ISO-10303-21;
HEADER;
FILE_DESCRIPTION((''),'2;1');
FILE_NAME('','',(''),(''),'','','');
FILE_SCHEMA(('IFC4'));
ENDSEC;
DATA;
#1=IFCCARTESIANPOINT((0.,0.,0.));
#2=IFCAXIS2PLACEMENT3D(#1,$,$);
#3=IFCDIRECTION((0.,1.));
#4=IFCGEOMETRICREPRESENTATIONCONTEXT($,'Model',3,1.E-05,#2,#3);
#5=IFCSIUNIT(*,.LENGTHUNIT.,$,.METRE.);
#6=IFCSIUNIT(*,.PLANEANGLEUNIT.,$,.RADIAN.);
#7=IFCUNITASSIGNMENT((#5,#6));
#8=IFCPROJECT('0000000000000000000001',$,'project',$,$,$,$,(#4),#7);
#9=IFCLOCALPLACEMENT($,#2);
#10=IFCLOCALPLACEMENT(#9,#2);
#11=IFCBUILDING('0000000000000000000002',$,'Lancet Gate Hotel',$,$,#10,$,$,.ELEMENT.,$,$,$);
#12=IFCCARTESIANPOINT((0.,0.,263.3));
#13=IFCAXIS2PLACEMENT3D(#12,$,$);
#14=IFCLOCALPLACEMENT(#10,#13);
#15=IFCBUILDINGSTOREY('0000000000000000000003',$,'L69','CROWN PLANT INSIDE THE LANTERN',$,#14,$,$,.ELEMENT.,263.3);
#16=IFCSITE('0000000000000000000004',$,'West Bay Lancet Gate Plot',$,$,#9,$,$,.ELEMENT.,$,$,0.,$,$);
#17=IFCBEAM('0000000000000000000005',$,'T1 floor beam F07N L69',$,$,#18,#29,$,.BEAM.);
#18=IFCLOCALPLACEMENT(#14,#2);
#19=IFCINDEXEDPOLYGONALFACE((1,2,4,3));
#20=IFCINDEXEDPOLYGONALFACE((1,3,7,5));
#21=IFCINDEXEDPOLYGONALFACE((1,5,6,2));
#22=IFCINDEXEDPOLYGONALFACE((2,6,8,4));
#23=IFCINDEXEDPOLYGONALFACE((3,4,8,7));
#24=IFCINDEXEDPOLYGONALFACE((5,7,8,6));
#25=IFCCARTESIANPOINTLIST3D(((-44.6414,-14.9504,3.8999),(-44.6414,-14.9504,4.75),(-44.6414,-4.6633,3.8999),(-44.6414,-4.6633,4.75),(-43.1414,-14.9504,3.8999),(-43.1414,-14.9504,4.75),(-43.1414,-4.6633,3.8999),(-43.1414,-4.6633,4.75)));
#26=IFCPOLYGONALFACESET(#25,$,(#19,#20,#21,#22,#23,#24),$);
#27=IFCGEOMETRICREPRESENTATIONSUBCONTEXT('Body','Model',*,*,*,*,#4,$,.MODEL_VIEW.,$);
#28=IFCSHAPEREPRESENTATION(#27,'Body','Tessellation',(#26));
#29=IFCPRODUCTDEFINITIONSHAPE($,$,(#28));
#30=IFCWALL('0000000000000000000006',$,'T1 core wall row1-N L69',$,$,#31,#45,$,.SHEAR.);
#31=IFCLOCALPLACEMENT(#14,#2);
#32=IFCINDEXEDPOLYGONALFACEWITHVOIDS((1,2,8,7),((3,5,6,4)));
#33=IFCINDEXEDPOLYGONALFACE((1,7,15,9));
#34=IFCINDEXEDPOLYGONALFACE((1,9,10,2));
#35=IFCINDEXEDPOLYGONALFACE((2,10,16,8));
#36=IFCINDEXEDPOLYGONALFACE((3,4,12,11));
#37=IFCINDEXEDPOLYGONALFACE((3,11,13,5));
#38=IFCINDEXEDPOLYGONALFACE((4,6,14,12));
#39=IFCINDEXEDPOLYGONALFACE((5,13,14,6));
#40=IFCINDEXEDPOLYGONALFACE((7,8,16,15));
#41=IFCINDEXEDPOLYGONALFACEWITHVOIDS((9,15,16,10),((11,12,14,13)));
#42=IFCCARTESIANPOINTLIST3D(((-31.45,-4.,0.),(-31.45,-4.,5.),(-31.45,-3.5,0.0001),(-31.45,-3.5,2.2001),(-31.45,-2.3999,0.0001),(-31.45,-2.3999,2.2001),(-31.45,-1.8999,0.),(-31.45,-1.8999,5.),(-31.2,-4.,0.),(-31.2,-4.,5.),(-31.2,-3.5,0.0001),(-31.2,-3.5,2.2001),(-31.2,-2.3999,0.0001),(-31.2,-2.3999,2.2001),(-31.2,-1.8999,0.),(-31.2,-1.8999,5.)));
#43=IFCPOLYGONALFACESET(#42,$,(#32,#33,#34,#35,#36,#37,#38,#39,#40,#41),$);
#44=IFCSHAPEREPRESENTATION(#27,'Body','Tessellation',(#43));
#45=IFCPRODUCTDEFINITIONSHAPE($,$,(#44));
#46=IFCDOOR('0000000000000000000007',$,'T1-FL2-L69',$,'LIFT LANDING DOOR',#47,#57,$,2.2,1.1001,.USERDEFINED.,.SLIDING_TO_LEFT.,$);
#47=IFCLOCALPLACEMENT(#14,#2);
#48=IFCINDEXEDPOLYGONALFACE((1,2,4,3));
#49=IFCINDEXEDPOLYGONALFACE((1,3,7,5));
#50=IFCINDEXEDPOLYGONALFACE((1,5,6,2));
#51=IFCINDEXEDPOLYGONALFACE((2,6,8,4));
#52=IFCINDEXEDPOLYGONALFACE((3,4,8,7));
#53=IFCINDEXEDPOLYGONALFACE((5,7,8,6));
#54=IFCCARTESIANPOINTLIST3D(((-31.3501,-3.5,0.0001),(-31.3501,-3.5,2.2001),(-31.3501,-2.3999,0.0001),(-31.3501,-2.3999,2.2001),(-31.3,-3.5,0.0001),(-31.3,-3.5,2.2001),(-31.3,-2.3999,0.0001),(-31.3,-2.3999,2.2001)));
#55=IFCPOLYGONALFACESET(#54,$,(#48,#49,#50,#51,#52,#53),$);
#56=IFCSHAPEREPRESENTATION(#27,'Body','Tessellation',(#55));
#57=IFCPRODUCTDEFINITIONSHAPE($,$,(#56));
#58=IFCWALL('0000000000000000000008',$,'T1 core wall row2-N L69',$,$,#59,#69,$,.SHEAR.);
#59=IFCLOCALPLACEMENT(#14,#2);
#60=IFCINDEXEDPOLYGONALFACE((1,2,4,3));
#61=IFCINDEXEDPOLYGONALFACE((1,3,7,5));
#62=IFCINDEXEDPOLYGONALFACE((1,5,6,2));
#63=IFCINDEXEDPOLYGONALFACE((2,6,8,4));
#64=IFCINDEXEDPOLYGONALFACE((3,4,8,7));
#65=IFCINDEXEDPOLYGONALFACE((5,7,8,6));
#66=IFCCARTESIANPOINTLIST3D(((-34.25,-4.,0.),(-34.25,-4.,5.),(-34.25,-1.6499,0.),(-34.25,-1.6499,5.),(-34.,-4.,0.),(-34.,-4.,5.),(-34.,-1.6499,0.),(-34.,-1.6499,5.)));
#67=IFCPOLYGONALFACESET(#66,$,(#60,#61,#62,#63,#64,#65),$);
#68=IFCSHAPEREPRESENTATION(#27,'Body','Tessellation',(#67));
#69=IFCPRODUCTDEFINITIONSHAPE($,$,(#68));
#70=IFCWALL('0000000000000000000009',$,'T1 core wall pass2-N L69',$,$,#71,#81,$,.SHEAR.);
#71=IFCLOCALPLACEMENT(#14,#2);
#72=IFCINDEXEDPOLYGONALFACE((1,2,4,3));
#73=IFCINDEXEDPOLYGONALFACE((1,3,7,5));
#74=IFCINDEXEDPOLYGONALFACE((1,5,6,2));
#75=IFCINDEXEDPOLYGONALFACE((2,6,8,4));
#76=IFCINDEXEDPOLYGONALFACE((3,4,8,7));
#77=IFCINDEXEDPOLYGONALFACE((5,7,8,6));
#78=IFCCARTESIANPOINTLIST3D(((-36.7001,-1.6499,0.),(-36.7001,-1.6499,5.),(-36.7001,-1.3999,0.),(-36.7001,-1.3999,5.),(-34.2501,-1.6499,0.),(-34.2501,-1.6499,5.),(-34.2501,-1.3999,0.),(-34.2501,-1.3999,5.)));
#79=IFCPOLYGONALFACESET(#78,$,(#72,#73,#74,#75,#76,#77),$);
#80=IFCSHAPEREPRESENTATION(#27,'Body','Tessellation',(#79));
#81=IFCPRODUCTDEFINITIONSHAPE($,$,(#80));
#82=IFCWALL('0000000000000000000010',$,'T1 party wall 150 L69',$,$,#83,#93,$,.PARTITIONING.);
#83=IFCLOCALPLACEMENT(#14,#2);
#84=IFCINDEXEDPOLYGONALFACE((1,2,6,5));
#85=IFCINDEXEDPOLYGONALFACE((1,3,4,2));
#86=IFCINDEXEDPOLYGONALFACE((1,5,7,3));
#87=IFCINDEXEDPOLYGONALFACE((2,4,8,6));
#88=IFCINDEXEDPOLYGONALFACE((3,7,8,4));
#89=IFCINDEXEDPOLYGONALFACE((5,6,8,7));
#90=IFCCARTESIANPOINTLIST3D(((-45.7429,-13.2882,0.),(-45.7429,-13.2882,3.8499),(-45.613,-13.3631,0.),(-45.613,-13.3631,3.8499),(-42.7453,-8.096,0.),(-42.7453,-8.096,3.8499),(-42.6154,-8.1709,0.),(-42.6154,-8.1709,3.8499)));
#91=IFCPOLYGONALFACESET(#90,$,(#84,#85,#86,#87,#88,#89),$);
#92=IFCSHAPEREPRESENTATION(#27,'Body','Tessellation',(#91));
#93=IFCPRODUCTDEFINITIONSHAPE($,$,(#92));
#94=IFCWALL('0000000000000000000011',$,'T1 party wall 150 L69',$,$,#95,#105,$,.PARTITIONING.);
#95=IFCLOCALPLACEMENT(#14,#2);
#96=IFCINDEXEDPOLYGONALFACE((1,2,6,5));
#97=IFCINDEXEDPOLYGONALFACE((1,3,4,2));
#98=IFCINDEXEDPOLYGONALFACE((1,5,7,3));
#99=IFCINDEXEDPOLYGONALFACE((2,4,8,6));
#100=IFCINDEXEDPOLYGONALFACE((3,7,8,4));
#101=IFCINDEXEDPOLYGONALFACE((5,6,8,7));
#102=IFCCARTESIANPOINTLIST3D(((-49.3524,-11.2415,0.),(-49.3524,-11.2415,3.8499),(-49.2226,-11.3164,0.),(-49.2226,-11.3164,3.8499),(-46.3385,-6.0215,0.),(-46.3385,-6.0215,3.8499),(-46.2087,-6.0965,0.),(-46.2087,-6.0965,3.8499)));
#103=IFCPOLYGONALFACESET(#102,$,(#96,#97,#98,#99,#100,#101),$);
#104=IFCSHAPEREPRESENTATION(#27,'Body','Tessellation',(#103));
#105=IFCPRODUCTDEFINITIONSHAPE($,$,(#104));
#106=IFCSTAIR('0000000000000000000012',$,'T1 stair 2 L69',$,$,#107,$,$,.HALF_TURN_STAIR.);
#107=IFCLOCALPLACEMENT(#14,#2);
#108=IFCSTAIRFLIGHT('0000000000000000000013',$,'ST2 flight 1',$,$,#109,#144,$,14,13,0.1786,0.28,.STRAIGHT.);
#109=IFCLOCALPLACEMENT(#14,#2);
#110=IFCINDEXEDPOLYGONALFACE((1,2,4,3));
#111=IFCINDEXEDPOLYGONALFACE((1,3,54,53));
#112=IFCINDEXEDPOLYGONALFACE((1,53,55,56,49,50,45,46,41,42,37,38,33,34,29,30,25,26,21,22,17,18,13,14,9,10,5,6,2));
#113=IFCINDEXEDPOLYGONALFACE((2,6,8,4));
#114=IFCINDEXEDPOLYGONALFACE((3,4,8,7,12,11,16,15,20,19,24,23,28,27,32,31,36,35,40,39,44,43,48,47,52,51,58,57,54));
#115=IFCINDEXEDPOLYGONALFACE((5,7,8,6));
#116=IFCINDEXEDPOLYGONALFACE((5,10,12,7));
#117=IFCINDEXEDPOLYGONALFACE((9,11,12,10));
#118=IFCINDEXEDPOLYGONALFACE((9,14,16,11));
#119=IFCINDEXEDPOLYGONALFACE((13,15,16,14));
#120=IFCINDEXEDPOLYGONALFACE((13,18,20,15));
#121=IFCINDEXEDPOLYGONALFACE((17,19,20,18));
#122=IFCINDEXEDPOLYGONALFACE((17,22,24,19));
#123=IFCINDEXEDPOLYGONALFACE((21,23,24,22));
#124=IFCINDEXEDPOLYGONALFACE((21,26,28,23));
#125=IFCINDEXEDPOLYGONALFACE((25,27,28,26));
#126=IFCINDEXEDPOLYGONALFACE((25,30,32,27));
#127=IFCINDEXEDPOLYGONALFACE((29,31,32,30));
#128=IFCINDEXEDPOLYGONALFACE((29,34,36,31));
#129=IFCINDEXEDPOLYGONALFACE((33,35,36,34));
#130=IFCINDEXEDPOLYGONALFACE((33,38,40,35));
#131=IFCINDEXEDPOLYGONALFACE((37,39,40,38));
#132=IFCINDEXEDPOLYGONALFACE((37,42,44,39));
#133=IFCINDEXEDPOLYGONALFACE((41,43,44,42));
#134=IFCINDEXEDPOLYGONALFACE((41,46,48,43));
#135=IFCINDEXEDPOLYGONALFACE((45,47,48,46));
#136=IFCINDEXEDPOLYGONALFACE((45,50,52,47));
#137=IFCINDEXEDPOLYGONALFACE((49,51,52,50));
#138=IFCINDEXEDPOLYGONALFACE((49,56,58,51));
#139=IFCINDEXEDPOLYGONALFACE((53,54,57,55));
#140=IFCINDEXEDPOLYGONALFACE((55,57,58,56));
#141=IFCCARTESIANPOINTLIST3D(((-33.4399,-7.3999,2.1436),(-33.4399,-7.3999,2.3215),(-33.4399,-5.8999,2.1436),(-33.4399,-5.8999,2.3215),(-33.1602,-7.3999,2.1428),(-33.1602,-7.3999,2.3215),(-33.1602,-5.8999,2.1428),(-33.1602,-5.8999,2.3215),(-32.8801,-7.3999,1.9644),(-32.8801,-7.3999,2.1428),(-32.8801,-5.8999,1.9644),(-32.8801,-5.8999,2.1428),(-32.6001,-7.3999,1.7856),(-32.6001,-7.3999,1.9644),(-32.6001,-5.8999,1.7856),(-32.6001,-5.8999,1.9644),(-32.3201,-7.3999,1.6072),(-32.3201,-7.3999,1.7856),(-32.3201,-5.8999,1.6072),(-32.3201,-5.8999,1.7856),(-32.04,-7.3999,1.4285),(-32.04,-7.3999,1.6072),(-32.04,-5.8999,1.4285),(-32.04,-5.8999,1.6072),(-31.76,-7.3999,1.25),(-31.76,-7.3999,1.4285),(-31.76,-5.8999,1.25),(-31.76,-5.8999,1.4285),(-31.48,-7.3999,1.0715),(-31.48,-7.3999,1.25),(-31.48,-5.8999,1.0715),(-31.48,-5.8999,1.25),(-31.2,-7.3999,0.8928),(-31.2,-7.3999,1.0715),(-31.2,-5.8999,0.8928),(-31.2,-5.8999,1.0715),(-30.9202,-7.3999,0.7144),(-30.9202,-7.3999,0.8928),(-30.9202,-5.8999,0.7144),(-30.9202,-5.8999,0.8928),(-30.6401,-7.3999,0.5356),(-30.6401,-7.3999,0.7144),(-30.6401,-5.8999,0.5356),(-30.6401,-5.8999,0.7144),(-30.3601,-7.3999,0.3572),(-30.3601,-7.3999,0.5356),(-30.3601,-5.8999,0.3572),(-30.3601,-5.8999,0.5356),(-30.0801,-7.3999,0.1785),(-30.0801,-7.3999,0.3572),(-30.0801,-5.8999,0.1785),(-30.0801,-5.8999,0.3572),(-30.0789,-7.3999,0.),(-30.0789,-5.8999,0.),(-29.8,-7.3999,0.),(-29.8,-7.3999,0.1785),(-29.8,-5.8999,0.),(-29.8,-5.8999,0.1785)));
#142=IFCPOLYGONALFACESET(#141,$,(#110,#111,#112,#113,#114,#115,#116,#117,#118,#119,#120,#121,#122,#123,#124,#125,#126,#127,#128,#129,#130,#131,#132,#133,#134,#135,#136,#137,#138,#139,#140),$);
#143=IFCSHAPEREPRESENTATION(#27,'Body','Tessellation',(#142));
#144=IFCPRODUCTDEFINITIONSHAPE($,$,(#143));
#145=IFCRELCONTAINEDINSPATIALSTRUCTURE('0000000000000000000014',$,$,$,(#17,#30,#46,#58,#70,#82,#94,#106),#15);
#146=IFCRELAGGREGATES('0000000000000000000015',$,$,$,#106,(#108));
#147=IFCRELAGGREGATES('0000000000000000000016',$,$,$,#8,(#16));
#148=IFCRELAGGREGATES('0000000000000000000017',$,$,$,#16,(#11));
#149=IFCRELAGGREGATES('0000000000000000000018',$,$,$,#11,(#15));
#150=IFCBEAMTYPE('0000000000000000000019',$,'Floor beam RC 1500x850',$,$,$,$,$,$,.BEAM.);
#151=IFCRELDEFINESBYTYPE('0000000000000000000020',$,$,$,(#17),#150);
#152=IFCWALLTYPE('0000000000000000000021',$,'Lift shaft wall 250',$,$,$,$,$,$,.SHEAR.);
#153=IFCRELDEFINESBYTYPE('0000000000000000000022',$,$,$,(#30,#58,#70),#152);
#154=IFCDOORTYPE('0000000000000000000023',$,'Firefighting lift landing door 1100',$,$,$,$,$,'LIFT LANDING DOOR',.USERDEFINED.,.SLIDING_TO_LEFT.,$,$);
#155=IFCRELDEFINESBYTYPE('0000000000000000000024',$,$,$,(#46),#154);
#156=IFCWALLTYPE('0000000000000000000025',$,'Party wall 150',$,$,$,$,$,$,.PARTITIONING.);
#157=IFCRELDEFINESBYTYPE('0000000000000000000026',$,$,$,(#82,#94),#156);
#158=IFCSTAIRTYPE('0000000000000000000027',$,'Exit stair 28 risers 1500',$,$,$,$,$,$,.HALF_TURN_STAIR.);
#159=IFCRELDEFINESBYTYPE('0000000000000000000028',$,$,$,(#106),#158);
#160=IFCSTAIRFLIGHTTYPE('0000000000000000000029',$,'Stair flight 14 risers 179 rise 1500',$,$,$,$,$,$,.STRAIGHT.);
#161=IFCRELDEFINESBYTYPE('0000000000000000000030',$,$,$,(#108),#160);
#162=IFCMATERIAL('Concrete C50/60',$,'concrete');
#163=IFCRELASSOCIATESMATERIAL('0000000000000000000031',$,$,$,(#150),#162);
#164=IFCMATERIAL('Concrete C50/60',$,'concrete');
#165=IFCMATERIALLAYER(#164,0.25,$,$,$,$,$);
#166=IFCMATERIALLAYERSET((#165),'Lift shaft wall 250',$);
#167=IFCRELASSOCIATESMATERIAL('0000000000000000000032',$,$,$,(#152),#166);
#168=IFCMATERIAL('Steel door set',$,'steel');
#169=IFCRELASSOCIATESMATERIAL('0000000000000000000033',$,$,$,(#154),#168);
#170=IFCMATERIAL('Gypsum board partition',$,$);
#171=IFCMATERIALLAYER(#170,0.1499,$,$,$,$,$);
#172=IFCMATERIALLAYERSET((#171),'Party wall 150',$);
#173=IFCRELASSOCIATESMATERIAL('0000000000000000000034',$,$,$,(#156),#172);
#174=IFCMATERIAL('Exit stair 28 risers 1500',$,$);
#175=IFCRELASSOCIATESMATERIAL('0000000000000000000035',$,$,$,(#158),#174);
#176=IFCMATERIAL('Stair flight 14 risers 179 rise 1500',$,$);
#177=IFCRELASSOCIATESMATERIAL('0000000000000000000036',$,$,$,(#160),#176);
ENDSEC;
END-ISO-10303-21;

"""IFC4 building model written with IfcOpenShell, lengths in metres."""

from ifc_helpers import new_model, si_unit, direction, frame, frame_2d, origin, origin_2d, place, context, subcontext, project, spatial, polyline, rectangle, outline, extrude, material, layer, layer_set, material_profile, profile_set, type_object, element, fill, aggregate, save


model = new_model("IFC4")

# Units and contexts
model_context = context("Model", 3, precision=1e-05, world=origin(), true_north=direction((0.0, 1.0)))
body_context = subcontext(model_context, "Body", "Model", "MODEL_VIEW")
ifc_project = project(units=[si_unit("LENGTHUNIT", "METRE"), si_unit("PLANEANGLEUNIT", "RADIAN")], contexts=[model_context])

# Site, building, storey
site_placement = place(None, origin())
site = spatial("IfcSite", under=ifc_project, at=site_placement, Name="West Bay Lancet Gate Plot", CompositionType="ELEMENT", RefElevation=0.0)
building_placement = place(site_placement, origin())
building = spatial("IfcBuilding", under=site, at=building_placement, Name="Lancet Gate Hotel", CompositionType="ELEMENT")
storey_placement = place(building_placement, frame((0.0, 0.0, 263.3)))
storey = spatial("IfcBuildingStorey", under=building, at=storey_placement, Name="L69", Description="CROWN PLANT INSIDE THE LANTERN", CompositionType="ELEMENT", Elevation=263.3)

# Beam
ifc_material_1 = material(Name="Concrete C50/60", Category="concrete")
ifc_material_profile_1 = material_profile(ifc_material_1, rectangle(XDim=1.5, YDim=0.8501, at=origin_2d()), Name="RC 1500x850")
ifc_profile_set_1 = profile_set([ifc_material_profile_1], Name="Concrete C50/60")
beam_type_1 = type_object("IfcBeamType", Name="Floor beam RC 1500x850", PredefinedType="BEAM", material=ifc_profile_set_1)
beam_1_placement = place(storey_placement, frame((-43.8914, -4.6633, 4.325), z_axis=(0.0, -1.0, 0.0), x_axis=(1.0, 0.0, 0.0)))
element("IfcBeam", 1, at=beam_1_placement, inside=storey, type_object=beam_type_1, Name="T1 floor beam F07N L69", PredefinedType="BEAM", context=body_context, shape_type="SweptSolid", body=[
    extrude(rectangle(XDim=1.5, YDim=0.8501, at=origin_2d()), origin(), (0.0, 0.0, 1.0), 10.2871),
])

# Wall, opening, door
ifc_material_2 = material(Name="Concrete C50/60", Category="concrete")
ifc_layer_1 = layer(ifc_material_2, 0.25)
ifc_layer_set_1 = layer_set([ifc_layer_1], Name="Lift shaft wall 250")
wall_type_1 = type_object("IfcWallType", Name="Lift shaft wall 250", PredefinedType="SHEAR", material=ifc_layer_set_1)
wall_1_placement = place(storey_placement, frame((-31.325, -1.8999, 0.0), z_axis=(0.0, 0.0, 1.0), x_axis=(0.0, -1.0, 0.0)))
wall_1 = element("IfcWall", 2, at=wall_1_placement, inside=storey, type_object=wall_type_1, Name="T1 core wall row1-N L69", PredefinedType="SHEAR", context=body_context, shape_type="SweptSolid", body=[
    extrude(rectangle(XDim=2.1001, YDim=0.25, at=frame_2d((1.05, 0.0))), origin(), (0.0, 0.0, 1.0), 5.0),
])
opening_placement = place(wall_1_placement, frame((0.5, 0.0, 0.0)))
opening = element("IfcOpeningElement", 3, at=opening_placement, cuts=wall_1, PredefinedType="OPENING", context=body_context, shape_type="SweptSolid", body=[
    extrude(rectangle(XDim=1.1001, YDim=2.2, at=frame_2d((0.55, 1.1001))), frame((0.0, 0.135, 0.0), z_axis=(0.0, -1.0, 0.0), x_axis=(1.0, 0.0, 0.0)), (0.0, 0.0, 1.0), 0.27),
])
ifc_material_3 = material(Name="Steel door set", Category="steel")
door_type = type_object("IfcDoorType", Name="Firefighting lift landing door 1100", ElementType="LIFT LANDING DOOR", OperationType="SLIDING_TO_LEFT", PredefinedType="USERDEFINED", material=ifc_material_3)
door_placement = place(opening_placement, origin())
door = element("IfcDoor", 4, at=door_placement, inside=storey, type_object=door_type, Name="T1-FL2-L69", ObjectType="LIFT LANDING DOOR", OperationType="SLIDING_TO_LEFT", OverallHeight=2.2, OverallWidth=1.1001, PredefinedType="USERDEFINED", context=body_context, shape_type="SweptSolid", body=[
    extrude(rectangle(XDim=1.1001, YDim=2.2, at=frame_2d((0.55, 1.1001))), frame((0.0, 0.0249, 0.0), z_axis=(0.0, -1.0, 0.0), x_axis=(1.0, 0.0, 0.0)), (0.0, 0.0, 1.0), 0.05),
])
fill(opening, door)

# Walls
wall_2_placement = place(storey_placement, frame((-34.125, -1.6499, 0.0), z_axis=(0.0, 0.0, 1.0), x_axis=(0.0, -1.0, 0.0)))
element("IfcWall", 5, at=wall_2_placement, inside=storey, type_object=wall_type_1, Name="T1 core wall row2-N L69", PredefinedType="SHEAR", context=body_context, shape_type="SweptSolid", body=[
    extrude(rectangle(XDim=2.3501, YDim=0.25, at=frame_2d((1.175, 0.0))), origin(), (0.0, 0.0, 1.0), 5.0),
])
wall_3_placement = place(storey_placement, frame((-34.25, -1.5249, 0.0), z_axis=(0.0, 0.0, 1.0), x_axis=(-1.0, 0.0, 0.0)))
element("IfcWall", 6, at=wall_3_placement, inside=storey, type_object=wall_type_1, Name="T1 core wall pass2-N L69", PredefinedType="SHEAR", context=body_context, shape_type="SweptSolid", body=[
    extrude(rectangle(XDim=2.45, YDim=0.25, at=frame_2d((1.2251, 0.0))), origin(), (0.0, 0.0, 1.0), 5.0),
])
ifc_material_4 = material(Name="Gypsum board partition")
ifc_layer_2 = layer(ifc_material_4, 0.1499)
ifc_layer_set_2 = layer_set([ifc_layer_2], Name="Party wall 150")
wall_type_2 = type_object("IfcWallType", Name="Party wall 150", PredefinedType="PARTITIONING", material=ifc_layer_set_2)
wall_4_placement = place(storey_placement, frame((-42.6804, -8.1335, 0.0), z_axis=(0.0, 0.0, 1.0), x_axis=(-0.499984, -0.866034, 0.0)))
element("IfcWall", 7, at=wall_4_placement, inside=storey, type_object=wall_type_2, Name="T1 party wall 150 L69", PredefinedType="PARTITIONING", context=body_context, shape_type="SweptSolid", body=[
    extrude(rectangle(XDim=5.9954, YDim=0.1499, at=frame_2d((2.9976, 0.0))), origin(), (0.0, 0.0, 1.0), 3.8499),
])
wall_5_placement = place(storey_placement, frame((-46.2737, -6.0591, 0.0), z_axis=(0.0, 0.0, 1.0), x_axis=(-0.50002, -0.866014, 0.0)))
element("IfcWall", 8, at=wall_5_placement, inside=storey, type_object=wall_type_2, Name="T1 party wall 150 L69", PredefinedType="PARTITIONING", context=body_context, shape_type="SweptSolid", body=[
    extrude(rectangle(XDim=6.0276, YDim=0.1499, at=frame_2d((3.0137, 0.0))), origin(), (0.0, 0.0, 1.0), 3.8499),
])

# Stair, stair flight
ifc_material_5 = material(Name="Exit stair 28 risers 1500")
stair_type = type_object("IfcStairType", Name="Exit stair 28 risers 1500", PredefinedType="HALF_TURN_STAIR", material=ifc_material_5)
stair_placement = place(storey_placement, origin())
stair = element("IfcStair", 9, at=stair_placement, inside=storey, type_object=stair_type, Name="T1 stair 2 L69", PredefinedType="HALF_TURN_STAIR")
ifc_material_6 = material(Name="Stair flight 14 risers 179 rise 1500")
stair_flight_type = type_object("IfcStairFlightType", Name="Stair flight 14 risers 179 rise 1500", PredefinedType="STRAIGHT", material=ifc_material_6)
stair_flight_1_placement = place(storey_placement, frame((-29.8, -6.6499, 0.0), z_axis=(0.0, 0.0, 1.0), x_axis=(-1.0, 0.0, 0.0)))
stair_flight_1 = element("IfcStairFlight", 10, at=stair_flight_1_placement, type_object=stair_flight_type, Name="ST2 flight 1", NumberOfRisers=14, NumberOfTreads=13, PredefinedType="STRAIGHT", RiserHeight=0.1786, TreadLength=0.28, context=body_context, shape_type="SweptSolid", body=[
    extrude(outline(polyline([(0.0, 0.0), (0.0, 0.1785), (0.28, 0.1785), (0.28, 0.3572), (0.5601, 0.3572), (0.5601, 0.5356), (0.8401, 0.5356), (0.8401, 0.7144), (1.1201, 0.7144), (1.1201, 0.8928), (1.3999, 0.8928), (1.3999, 1.0715), (1.6799, 1.0715), (1.6799, 1.25), (1.96, 1.25), (1.96, 1.4285), (2.24, 1.4285), (2.24, 1.6072), (2.52, 1.6072), (2.52, 1.7856), (2.8, 1.7856), (2.8, 1.9644), (3.0801, 1.9644), (3.0801, 2.1428), (3.3601, 2.1428), (3.3601, 2.3215), (3.6399, 2.3215), (3.6399, 2.5), (3.6399, 2.1436), (0.2788, 0.0), (0.0, 0.0)])), frame((0.0, 0.75, 0.0), z_axis=(0.0, -1.0, 0.0), x_axis=(1.0, 0.0, 0.0)), (0.0, 0.0, 1.0), 1.5),
])
aggregate(stair, [stair_flight_1])

save(model, "model.ifc")
